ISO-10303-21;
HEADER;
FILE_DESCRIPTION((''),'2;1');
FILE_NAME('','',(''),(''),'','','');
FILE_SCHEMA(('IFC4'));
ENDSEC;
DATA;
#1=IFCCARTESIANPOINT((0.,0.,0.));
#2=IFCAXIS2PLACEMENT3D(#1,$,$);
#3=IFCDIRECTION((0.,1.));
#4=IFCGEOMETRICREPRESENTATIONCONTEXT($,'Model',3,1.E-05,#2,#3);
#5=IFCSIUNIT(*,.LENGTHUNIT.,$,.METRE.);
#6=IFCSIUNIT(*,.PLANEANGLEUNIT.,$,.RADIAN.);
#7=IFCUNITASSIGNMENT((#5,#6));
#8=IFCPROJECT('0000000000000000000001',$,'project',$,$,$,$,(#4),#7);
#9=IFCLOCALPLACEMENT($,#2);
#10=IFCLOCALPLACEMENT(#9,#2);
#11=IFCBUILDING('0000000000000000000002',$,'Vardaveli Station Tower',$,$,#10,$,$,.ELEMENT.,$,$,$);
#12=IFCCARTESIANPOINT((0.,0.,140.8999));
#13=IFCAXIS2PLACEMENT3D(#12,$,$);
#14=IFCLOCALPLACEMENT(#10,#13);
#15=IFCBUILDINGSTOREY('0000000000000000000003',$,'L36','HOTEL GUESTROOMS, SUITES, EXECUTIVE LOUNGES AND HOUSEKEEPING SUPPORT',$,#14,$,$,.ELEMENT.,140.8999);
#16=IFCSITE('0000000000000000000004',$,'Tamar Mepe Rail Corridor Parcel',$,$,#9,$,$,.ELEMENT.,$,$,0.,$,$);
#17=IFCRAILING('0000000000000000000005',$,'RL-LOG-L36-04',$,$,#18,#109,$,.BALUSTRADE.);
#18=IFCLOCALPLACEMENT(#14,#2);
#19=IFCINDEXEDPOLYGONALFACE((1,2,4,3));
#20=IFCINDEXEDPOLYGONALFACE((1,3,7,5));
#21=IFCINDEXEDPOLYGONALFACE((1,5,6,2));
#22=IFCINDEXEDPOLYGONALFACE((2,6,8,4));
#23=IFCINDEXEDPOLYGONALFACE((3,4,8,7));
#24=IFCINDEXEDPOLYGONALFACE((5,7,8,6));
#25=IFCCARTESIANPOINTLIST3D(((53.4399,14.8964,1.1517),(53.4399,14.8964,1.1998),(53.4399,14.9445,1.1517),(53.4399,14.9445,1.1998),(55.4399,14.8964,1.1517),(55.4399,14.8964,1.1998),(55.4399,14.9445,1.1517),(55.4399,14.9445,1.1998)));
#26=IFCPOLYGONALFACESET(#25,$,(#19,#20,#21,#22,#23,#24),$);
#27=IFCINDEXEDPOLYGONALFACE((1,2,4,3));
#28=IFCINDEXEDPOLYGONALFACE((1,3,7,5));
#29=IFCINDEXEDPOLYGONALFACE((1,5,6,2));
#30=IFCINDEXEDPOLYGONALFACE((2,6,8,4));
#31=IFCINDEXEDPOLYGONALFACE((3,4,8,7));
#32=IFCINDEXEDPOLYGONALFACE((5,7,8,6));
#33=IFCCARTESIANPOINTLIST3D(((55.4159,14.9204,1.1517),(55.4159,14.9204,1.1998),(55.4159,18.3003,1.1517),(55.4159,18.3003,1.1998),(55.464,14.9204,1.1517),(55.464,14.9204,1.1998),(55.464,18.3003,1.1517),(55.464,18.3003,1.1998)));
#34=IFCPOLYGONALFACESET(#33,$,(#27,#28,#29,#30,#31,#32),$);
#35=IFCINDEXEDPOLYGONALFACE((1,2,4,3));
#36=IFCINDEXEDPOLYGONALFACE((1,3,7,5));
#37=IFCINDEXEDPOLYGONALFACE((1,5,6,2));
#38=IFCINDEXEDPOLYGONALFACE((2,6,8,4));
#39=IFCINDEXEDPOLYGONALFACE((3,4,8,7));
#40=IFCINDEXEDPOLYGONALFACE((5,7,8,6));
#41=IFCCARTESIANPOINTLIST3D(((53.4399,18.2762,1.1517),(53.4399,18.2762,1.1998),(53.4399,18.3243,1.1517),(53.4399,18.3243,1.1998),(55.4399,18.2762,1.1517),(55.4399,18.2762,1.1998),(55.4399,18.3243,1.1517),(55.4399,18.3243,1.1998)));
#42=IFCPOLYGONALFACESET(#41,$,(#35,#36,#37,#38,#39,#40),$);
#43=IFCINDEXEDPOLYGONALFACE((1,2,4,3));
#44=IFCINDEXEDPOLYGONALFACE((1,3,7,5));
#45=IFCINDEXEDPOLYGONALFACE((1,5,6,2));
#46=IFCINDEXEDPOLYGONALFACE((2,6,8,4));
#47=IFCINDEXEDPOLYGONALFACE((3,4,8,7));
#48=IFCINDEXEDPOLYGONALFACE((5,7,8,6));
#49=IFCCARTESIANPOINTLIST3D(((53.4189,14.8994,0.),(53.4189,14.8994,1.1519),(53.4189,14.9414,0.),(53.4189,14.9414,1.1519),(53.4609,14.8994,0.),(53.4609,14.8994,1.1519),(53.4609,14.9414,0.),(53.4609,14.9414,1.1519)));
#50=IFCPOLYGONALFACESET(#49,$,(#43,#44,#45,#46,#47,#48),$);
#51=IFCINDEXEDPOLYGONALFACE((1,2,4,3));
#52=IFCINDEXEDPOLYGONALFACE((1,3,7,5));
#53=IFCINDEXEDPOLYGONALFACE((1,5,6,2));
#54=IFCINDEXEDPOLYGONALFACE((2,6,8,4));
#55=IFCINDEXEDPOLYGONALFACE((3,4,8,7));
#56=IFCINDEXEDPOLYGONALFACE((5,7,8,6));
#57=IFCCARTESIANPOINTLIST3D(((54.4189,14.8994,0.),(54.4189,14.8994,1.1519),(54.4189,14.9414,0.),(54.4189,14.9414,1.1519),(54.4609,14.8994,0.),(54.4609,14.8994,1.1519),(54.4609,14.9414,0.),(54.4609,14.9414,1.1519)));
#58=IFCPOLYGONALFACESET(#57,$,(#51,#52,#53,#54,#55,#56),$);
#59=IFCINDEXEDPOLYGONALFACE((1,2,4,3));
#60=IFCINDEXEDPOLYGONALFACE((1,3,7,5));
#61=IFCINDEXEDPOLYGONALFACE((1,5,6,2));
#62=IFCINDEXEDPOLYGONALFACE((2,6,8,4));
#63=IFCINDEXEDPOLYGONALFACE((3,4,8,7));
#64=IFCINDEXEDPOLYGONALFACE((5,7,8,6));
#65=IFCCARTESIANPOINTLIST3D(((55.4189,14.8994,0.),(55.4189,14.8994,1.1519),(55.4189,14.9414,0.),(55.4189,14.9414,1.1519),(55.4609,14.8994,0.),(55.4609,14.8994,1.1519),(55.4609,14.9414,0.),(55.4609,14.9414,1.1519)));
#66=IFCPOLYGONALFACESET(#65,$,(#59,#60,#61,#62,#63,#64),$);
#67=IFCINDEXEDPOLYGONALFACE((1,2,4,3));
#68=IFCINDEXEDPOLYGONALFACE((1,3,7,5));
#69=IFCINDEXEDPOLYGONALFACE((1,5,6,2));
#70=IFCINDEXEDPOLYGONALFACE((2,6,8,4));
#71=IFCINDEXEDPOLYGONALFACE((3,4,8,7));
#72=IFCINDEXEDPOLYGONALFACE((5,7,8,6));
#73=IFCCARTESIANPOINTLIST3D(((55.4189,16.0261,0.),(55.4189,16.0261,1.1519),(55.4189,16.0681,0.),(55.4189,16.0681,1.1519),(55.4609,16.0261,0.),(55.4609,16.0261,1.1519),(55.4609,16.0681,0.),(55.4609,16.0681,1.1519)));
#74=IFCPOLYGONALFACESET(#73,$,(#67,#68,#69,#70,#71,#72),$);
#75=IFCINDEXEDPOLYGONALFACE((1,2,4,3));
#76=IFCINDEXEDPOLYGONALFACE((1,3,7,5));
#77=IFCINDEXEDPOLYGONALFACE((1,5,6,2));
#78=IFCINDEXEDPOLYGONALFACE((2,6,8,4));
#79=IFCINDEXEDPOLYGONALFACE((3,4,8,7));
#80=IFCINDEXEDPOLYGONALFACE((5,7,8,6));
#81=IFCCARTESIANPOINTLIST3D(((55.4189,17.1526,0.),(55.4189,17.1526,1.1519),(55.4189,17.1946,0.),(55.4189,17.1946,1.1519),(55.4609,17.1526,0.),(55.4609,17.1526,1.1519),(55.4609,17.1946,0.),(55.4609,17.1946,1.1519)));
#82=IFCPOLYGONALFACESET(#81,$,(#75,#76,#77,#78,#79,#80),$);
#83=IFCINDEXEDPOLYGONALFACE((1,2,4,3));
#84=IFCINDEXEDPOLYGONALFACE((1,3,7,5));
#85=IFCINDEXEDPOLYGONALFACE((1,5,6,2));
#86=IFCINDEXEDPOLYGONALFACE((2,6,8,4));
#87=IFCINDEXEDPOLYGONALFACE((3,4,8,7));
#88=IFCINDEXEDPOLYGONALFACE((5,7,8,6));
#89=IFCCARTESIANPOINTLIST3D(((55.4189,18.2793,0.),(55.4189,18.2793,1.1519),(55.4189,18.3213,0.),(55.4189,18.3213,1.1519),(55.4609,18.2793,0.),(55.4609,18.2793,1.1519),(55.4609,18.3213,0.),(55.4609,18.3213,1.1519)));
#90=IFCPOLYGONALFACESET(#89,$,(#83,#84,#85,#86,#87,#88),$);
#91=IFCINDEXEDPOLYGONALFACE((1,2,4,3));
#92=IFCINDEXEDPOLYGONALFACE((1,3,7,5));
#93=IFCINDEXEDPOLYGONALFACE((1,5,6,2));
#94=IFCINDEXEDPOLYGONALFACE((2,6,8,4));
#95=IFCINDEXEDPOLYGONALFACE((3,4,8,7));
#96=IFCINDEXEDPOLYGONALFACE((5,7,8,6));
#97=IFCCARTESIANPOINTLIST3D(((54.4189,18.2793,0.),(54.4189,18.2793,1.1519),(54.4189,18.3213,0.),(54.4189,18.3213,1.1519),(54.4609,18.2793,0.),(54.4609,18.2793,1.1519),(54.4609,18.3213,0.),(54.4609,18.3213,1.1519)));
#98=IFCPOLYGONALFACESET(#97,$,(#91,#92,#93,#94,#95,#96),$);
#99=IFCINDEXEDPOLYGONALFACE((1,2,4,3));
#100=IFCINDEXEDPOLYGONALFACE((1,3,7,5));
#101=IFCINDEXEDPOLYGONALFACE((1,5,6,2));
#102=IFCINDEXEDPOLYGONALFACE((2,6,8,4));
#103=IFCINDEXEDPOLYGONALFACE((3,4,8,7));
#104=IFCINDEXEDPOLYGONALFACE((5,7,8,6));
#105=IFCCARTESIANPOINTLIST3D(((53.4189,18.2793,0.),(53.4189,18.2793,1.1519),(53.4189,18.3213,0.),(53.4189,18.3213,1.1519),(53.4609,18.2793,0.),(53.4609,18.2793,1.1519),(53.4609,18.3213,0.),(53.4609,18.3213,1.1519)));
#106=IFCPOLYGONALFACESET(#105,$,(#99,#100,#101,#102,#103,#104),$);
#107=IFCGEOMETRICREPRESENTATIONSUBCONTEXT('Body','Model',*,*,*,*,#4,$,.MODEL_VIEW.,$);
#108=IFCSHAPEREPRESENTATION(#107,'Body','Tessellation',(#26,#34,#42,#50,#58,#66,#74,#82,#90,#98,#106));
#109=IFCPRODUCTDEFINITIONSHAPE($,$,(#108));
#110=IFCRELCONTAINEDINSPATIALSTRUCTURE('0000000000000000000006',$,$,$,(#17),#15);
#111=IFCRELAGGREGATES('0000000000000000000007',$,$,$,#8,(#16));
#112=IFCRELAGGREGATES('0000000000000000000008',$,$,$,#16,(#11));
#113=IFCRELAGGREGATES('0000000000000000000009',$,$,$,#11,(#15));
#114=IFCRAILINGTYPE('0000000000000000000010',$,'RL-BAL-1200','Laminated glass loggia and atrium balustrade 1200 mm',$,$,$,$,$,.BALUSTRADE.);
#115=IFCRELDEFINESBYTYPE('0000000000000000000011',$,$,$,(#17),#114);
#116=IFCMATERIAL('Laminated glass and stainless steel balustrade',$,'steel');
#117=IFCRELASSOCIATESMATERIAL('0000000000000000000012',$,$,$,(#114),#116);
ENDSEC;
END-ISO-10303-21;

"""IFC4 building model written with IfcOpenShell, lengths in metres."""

from ifc_helpers import new_model, si_unit, direction, frame, origin, origin_2d, place, context, subcontext, project, spatial, rectangle, extrude, source, transform, mapped, material, type_object, element, save


model = new_model("IFC4")

# Units and contexts
model_context = context("Model", 3, precision=1e-05, world=origin(), true_north=direction((0.0, 1.0)))
body_context = subcontext(model_context, "Body", "Model", "MODEL_VIEW")
ifc_project = project(units=[si_unit("LENGTHUNIT", "METRE"), si_unit("PLANEANGLEUNIT", "RADIAN")], contexts=[model_context])

# Site, building, storey
site_placement = place(None, origin())
site = spatial("IfcSite", under=ifc_project, at=site_placement, Name="Tamar Mepe Rail Corridor Parcel", CompositionType="ELEMENT", RefElevation=0.0)
building_placement = place(site_placement, origin())
building = spatial("IfcBuilding", under=site, at=building_placement, Name="Vardaveli Station Tower", CompositionType="ELEMENT")
storey_placement = place(building_placement, frame((0.0, 0.0, 140.8999)))
storey = spatial("IfcBuildingStorey", under=building, at=storey_placement, Name="L36", Description="HOTEL GUESTROOMS, SUITES, EXECUTIVE LOUNGES AND HOUSEKEEPING SUPPORT", CompositionType="ELEMENT", Elevation=140.8999)

# Railing
ifc_material_1 = material(Name="Laminated glass and stainless steel balustrade", Category="steel")
railing_type = type_object("IfcRailingType", Name="RL-BAL-1200", Description="Laminated glass loggia and atrium balustrade 1200 mm", PredefinedType="BALUSTRADE", material=ifc_material_1)
shared_shape_1 = source(origin(), body_context, "Body", "SweptSolid", [
    extrude(rectangle(XDim=0.0481, YDim=0.0481, at=origin_2d()), frame((0.0, 0.0, 1.1758), z_axis=(1.0, 0.0, 0.0), x_axis=(0.0, 1.0, 0.0)), (0.0, 0.0, 1.0), 2.0),
    extrude(rectangle(XDim=0.0481, YDim=0.0481, at=origin_2d()), frame((2.0, 0.0, 1.1758), z_axis=(0.0, 1.0, 0.0), x_axis=(-1.0, 0.0, 0.0)), (0.0, 0.0, 1.0), 3.3799),
    extrude(rectangle(XDim=0.0481, YDim=0.0481, at=origin_2d()), frame((2.0, 3.3799, 1.1758), z_axis=(-1.0, 0.0, 0.0), x_axis=(0.0, -1.0, 0.0)), (0.0, 0.0, 1.0), 2.0),
    extrude(rectangle(XDim=0.042, YDim=0.042, at=origin_2d()), origin(), (0.0, 0.0, 1.0), 1.1519),
    extrude(rectangle(XDim=0.042, YDim=0.042, at=origin_2d()), frame((1.0, 0.0, 0.0)), (0.0, 0.0, 1.0), 1.1519),
    extrude(rectangle(XDim=0.042, YDim=0.042, at=origin_2d()), frame((2.0, 0.0, 0.0)), (0.0, 0.0, 1.0), 1.1519),
    extrude(rectangle(XDim=0.042, YDim=0.042, at=origin_2d()), frame((2.0, 1.1267, 0.0)), (0.0, 0.0, 1.0), 1.1519),
    extrude(rectangle(XDim=0.042, YDim=0.042, at=origin_2d()), frame((2.0, 2.2532, 0.0)), (0.0, 0.0, 1.0), 1.1519),
    extrude(rectangle(XDim=0.042, YDim=0.042, at=origin_2d()), frame((2.0, 3.3799, 0.0)), (0.0, 0.0, 1.0), 1.1519),
    extrude(rectangle(XDim=0.042, YDim=0.042, at=origin_2d()), frame((1.0, 3.3799, 0.0)), (0.0, 0.0, 1.0), 1.1519),
    extrude(rectangle(XDim=0.042, YDim=0.042, at=origin_2d()), frame((0.0, 3.3799, 0.0)), (0.0, 0.0, 1.0), 1.1519),
])
railing_placement = place(storey_placement, frame((53.4399, 14.9204, 0.0)))
element("IfcRailing", 1, at=railing_placement, inside=storey, type_object=railing_type, Name="RL-LOG-L36-04", PredefinedType="BALUSTRADE", context=body_context, shape_type="MappedRepresentation", body=[
    mapped(shared_shape_1, transform((0.0, 0.0, 0.0), scale=1.0)),
])

save(model, "model.ifc")
